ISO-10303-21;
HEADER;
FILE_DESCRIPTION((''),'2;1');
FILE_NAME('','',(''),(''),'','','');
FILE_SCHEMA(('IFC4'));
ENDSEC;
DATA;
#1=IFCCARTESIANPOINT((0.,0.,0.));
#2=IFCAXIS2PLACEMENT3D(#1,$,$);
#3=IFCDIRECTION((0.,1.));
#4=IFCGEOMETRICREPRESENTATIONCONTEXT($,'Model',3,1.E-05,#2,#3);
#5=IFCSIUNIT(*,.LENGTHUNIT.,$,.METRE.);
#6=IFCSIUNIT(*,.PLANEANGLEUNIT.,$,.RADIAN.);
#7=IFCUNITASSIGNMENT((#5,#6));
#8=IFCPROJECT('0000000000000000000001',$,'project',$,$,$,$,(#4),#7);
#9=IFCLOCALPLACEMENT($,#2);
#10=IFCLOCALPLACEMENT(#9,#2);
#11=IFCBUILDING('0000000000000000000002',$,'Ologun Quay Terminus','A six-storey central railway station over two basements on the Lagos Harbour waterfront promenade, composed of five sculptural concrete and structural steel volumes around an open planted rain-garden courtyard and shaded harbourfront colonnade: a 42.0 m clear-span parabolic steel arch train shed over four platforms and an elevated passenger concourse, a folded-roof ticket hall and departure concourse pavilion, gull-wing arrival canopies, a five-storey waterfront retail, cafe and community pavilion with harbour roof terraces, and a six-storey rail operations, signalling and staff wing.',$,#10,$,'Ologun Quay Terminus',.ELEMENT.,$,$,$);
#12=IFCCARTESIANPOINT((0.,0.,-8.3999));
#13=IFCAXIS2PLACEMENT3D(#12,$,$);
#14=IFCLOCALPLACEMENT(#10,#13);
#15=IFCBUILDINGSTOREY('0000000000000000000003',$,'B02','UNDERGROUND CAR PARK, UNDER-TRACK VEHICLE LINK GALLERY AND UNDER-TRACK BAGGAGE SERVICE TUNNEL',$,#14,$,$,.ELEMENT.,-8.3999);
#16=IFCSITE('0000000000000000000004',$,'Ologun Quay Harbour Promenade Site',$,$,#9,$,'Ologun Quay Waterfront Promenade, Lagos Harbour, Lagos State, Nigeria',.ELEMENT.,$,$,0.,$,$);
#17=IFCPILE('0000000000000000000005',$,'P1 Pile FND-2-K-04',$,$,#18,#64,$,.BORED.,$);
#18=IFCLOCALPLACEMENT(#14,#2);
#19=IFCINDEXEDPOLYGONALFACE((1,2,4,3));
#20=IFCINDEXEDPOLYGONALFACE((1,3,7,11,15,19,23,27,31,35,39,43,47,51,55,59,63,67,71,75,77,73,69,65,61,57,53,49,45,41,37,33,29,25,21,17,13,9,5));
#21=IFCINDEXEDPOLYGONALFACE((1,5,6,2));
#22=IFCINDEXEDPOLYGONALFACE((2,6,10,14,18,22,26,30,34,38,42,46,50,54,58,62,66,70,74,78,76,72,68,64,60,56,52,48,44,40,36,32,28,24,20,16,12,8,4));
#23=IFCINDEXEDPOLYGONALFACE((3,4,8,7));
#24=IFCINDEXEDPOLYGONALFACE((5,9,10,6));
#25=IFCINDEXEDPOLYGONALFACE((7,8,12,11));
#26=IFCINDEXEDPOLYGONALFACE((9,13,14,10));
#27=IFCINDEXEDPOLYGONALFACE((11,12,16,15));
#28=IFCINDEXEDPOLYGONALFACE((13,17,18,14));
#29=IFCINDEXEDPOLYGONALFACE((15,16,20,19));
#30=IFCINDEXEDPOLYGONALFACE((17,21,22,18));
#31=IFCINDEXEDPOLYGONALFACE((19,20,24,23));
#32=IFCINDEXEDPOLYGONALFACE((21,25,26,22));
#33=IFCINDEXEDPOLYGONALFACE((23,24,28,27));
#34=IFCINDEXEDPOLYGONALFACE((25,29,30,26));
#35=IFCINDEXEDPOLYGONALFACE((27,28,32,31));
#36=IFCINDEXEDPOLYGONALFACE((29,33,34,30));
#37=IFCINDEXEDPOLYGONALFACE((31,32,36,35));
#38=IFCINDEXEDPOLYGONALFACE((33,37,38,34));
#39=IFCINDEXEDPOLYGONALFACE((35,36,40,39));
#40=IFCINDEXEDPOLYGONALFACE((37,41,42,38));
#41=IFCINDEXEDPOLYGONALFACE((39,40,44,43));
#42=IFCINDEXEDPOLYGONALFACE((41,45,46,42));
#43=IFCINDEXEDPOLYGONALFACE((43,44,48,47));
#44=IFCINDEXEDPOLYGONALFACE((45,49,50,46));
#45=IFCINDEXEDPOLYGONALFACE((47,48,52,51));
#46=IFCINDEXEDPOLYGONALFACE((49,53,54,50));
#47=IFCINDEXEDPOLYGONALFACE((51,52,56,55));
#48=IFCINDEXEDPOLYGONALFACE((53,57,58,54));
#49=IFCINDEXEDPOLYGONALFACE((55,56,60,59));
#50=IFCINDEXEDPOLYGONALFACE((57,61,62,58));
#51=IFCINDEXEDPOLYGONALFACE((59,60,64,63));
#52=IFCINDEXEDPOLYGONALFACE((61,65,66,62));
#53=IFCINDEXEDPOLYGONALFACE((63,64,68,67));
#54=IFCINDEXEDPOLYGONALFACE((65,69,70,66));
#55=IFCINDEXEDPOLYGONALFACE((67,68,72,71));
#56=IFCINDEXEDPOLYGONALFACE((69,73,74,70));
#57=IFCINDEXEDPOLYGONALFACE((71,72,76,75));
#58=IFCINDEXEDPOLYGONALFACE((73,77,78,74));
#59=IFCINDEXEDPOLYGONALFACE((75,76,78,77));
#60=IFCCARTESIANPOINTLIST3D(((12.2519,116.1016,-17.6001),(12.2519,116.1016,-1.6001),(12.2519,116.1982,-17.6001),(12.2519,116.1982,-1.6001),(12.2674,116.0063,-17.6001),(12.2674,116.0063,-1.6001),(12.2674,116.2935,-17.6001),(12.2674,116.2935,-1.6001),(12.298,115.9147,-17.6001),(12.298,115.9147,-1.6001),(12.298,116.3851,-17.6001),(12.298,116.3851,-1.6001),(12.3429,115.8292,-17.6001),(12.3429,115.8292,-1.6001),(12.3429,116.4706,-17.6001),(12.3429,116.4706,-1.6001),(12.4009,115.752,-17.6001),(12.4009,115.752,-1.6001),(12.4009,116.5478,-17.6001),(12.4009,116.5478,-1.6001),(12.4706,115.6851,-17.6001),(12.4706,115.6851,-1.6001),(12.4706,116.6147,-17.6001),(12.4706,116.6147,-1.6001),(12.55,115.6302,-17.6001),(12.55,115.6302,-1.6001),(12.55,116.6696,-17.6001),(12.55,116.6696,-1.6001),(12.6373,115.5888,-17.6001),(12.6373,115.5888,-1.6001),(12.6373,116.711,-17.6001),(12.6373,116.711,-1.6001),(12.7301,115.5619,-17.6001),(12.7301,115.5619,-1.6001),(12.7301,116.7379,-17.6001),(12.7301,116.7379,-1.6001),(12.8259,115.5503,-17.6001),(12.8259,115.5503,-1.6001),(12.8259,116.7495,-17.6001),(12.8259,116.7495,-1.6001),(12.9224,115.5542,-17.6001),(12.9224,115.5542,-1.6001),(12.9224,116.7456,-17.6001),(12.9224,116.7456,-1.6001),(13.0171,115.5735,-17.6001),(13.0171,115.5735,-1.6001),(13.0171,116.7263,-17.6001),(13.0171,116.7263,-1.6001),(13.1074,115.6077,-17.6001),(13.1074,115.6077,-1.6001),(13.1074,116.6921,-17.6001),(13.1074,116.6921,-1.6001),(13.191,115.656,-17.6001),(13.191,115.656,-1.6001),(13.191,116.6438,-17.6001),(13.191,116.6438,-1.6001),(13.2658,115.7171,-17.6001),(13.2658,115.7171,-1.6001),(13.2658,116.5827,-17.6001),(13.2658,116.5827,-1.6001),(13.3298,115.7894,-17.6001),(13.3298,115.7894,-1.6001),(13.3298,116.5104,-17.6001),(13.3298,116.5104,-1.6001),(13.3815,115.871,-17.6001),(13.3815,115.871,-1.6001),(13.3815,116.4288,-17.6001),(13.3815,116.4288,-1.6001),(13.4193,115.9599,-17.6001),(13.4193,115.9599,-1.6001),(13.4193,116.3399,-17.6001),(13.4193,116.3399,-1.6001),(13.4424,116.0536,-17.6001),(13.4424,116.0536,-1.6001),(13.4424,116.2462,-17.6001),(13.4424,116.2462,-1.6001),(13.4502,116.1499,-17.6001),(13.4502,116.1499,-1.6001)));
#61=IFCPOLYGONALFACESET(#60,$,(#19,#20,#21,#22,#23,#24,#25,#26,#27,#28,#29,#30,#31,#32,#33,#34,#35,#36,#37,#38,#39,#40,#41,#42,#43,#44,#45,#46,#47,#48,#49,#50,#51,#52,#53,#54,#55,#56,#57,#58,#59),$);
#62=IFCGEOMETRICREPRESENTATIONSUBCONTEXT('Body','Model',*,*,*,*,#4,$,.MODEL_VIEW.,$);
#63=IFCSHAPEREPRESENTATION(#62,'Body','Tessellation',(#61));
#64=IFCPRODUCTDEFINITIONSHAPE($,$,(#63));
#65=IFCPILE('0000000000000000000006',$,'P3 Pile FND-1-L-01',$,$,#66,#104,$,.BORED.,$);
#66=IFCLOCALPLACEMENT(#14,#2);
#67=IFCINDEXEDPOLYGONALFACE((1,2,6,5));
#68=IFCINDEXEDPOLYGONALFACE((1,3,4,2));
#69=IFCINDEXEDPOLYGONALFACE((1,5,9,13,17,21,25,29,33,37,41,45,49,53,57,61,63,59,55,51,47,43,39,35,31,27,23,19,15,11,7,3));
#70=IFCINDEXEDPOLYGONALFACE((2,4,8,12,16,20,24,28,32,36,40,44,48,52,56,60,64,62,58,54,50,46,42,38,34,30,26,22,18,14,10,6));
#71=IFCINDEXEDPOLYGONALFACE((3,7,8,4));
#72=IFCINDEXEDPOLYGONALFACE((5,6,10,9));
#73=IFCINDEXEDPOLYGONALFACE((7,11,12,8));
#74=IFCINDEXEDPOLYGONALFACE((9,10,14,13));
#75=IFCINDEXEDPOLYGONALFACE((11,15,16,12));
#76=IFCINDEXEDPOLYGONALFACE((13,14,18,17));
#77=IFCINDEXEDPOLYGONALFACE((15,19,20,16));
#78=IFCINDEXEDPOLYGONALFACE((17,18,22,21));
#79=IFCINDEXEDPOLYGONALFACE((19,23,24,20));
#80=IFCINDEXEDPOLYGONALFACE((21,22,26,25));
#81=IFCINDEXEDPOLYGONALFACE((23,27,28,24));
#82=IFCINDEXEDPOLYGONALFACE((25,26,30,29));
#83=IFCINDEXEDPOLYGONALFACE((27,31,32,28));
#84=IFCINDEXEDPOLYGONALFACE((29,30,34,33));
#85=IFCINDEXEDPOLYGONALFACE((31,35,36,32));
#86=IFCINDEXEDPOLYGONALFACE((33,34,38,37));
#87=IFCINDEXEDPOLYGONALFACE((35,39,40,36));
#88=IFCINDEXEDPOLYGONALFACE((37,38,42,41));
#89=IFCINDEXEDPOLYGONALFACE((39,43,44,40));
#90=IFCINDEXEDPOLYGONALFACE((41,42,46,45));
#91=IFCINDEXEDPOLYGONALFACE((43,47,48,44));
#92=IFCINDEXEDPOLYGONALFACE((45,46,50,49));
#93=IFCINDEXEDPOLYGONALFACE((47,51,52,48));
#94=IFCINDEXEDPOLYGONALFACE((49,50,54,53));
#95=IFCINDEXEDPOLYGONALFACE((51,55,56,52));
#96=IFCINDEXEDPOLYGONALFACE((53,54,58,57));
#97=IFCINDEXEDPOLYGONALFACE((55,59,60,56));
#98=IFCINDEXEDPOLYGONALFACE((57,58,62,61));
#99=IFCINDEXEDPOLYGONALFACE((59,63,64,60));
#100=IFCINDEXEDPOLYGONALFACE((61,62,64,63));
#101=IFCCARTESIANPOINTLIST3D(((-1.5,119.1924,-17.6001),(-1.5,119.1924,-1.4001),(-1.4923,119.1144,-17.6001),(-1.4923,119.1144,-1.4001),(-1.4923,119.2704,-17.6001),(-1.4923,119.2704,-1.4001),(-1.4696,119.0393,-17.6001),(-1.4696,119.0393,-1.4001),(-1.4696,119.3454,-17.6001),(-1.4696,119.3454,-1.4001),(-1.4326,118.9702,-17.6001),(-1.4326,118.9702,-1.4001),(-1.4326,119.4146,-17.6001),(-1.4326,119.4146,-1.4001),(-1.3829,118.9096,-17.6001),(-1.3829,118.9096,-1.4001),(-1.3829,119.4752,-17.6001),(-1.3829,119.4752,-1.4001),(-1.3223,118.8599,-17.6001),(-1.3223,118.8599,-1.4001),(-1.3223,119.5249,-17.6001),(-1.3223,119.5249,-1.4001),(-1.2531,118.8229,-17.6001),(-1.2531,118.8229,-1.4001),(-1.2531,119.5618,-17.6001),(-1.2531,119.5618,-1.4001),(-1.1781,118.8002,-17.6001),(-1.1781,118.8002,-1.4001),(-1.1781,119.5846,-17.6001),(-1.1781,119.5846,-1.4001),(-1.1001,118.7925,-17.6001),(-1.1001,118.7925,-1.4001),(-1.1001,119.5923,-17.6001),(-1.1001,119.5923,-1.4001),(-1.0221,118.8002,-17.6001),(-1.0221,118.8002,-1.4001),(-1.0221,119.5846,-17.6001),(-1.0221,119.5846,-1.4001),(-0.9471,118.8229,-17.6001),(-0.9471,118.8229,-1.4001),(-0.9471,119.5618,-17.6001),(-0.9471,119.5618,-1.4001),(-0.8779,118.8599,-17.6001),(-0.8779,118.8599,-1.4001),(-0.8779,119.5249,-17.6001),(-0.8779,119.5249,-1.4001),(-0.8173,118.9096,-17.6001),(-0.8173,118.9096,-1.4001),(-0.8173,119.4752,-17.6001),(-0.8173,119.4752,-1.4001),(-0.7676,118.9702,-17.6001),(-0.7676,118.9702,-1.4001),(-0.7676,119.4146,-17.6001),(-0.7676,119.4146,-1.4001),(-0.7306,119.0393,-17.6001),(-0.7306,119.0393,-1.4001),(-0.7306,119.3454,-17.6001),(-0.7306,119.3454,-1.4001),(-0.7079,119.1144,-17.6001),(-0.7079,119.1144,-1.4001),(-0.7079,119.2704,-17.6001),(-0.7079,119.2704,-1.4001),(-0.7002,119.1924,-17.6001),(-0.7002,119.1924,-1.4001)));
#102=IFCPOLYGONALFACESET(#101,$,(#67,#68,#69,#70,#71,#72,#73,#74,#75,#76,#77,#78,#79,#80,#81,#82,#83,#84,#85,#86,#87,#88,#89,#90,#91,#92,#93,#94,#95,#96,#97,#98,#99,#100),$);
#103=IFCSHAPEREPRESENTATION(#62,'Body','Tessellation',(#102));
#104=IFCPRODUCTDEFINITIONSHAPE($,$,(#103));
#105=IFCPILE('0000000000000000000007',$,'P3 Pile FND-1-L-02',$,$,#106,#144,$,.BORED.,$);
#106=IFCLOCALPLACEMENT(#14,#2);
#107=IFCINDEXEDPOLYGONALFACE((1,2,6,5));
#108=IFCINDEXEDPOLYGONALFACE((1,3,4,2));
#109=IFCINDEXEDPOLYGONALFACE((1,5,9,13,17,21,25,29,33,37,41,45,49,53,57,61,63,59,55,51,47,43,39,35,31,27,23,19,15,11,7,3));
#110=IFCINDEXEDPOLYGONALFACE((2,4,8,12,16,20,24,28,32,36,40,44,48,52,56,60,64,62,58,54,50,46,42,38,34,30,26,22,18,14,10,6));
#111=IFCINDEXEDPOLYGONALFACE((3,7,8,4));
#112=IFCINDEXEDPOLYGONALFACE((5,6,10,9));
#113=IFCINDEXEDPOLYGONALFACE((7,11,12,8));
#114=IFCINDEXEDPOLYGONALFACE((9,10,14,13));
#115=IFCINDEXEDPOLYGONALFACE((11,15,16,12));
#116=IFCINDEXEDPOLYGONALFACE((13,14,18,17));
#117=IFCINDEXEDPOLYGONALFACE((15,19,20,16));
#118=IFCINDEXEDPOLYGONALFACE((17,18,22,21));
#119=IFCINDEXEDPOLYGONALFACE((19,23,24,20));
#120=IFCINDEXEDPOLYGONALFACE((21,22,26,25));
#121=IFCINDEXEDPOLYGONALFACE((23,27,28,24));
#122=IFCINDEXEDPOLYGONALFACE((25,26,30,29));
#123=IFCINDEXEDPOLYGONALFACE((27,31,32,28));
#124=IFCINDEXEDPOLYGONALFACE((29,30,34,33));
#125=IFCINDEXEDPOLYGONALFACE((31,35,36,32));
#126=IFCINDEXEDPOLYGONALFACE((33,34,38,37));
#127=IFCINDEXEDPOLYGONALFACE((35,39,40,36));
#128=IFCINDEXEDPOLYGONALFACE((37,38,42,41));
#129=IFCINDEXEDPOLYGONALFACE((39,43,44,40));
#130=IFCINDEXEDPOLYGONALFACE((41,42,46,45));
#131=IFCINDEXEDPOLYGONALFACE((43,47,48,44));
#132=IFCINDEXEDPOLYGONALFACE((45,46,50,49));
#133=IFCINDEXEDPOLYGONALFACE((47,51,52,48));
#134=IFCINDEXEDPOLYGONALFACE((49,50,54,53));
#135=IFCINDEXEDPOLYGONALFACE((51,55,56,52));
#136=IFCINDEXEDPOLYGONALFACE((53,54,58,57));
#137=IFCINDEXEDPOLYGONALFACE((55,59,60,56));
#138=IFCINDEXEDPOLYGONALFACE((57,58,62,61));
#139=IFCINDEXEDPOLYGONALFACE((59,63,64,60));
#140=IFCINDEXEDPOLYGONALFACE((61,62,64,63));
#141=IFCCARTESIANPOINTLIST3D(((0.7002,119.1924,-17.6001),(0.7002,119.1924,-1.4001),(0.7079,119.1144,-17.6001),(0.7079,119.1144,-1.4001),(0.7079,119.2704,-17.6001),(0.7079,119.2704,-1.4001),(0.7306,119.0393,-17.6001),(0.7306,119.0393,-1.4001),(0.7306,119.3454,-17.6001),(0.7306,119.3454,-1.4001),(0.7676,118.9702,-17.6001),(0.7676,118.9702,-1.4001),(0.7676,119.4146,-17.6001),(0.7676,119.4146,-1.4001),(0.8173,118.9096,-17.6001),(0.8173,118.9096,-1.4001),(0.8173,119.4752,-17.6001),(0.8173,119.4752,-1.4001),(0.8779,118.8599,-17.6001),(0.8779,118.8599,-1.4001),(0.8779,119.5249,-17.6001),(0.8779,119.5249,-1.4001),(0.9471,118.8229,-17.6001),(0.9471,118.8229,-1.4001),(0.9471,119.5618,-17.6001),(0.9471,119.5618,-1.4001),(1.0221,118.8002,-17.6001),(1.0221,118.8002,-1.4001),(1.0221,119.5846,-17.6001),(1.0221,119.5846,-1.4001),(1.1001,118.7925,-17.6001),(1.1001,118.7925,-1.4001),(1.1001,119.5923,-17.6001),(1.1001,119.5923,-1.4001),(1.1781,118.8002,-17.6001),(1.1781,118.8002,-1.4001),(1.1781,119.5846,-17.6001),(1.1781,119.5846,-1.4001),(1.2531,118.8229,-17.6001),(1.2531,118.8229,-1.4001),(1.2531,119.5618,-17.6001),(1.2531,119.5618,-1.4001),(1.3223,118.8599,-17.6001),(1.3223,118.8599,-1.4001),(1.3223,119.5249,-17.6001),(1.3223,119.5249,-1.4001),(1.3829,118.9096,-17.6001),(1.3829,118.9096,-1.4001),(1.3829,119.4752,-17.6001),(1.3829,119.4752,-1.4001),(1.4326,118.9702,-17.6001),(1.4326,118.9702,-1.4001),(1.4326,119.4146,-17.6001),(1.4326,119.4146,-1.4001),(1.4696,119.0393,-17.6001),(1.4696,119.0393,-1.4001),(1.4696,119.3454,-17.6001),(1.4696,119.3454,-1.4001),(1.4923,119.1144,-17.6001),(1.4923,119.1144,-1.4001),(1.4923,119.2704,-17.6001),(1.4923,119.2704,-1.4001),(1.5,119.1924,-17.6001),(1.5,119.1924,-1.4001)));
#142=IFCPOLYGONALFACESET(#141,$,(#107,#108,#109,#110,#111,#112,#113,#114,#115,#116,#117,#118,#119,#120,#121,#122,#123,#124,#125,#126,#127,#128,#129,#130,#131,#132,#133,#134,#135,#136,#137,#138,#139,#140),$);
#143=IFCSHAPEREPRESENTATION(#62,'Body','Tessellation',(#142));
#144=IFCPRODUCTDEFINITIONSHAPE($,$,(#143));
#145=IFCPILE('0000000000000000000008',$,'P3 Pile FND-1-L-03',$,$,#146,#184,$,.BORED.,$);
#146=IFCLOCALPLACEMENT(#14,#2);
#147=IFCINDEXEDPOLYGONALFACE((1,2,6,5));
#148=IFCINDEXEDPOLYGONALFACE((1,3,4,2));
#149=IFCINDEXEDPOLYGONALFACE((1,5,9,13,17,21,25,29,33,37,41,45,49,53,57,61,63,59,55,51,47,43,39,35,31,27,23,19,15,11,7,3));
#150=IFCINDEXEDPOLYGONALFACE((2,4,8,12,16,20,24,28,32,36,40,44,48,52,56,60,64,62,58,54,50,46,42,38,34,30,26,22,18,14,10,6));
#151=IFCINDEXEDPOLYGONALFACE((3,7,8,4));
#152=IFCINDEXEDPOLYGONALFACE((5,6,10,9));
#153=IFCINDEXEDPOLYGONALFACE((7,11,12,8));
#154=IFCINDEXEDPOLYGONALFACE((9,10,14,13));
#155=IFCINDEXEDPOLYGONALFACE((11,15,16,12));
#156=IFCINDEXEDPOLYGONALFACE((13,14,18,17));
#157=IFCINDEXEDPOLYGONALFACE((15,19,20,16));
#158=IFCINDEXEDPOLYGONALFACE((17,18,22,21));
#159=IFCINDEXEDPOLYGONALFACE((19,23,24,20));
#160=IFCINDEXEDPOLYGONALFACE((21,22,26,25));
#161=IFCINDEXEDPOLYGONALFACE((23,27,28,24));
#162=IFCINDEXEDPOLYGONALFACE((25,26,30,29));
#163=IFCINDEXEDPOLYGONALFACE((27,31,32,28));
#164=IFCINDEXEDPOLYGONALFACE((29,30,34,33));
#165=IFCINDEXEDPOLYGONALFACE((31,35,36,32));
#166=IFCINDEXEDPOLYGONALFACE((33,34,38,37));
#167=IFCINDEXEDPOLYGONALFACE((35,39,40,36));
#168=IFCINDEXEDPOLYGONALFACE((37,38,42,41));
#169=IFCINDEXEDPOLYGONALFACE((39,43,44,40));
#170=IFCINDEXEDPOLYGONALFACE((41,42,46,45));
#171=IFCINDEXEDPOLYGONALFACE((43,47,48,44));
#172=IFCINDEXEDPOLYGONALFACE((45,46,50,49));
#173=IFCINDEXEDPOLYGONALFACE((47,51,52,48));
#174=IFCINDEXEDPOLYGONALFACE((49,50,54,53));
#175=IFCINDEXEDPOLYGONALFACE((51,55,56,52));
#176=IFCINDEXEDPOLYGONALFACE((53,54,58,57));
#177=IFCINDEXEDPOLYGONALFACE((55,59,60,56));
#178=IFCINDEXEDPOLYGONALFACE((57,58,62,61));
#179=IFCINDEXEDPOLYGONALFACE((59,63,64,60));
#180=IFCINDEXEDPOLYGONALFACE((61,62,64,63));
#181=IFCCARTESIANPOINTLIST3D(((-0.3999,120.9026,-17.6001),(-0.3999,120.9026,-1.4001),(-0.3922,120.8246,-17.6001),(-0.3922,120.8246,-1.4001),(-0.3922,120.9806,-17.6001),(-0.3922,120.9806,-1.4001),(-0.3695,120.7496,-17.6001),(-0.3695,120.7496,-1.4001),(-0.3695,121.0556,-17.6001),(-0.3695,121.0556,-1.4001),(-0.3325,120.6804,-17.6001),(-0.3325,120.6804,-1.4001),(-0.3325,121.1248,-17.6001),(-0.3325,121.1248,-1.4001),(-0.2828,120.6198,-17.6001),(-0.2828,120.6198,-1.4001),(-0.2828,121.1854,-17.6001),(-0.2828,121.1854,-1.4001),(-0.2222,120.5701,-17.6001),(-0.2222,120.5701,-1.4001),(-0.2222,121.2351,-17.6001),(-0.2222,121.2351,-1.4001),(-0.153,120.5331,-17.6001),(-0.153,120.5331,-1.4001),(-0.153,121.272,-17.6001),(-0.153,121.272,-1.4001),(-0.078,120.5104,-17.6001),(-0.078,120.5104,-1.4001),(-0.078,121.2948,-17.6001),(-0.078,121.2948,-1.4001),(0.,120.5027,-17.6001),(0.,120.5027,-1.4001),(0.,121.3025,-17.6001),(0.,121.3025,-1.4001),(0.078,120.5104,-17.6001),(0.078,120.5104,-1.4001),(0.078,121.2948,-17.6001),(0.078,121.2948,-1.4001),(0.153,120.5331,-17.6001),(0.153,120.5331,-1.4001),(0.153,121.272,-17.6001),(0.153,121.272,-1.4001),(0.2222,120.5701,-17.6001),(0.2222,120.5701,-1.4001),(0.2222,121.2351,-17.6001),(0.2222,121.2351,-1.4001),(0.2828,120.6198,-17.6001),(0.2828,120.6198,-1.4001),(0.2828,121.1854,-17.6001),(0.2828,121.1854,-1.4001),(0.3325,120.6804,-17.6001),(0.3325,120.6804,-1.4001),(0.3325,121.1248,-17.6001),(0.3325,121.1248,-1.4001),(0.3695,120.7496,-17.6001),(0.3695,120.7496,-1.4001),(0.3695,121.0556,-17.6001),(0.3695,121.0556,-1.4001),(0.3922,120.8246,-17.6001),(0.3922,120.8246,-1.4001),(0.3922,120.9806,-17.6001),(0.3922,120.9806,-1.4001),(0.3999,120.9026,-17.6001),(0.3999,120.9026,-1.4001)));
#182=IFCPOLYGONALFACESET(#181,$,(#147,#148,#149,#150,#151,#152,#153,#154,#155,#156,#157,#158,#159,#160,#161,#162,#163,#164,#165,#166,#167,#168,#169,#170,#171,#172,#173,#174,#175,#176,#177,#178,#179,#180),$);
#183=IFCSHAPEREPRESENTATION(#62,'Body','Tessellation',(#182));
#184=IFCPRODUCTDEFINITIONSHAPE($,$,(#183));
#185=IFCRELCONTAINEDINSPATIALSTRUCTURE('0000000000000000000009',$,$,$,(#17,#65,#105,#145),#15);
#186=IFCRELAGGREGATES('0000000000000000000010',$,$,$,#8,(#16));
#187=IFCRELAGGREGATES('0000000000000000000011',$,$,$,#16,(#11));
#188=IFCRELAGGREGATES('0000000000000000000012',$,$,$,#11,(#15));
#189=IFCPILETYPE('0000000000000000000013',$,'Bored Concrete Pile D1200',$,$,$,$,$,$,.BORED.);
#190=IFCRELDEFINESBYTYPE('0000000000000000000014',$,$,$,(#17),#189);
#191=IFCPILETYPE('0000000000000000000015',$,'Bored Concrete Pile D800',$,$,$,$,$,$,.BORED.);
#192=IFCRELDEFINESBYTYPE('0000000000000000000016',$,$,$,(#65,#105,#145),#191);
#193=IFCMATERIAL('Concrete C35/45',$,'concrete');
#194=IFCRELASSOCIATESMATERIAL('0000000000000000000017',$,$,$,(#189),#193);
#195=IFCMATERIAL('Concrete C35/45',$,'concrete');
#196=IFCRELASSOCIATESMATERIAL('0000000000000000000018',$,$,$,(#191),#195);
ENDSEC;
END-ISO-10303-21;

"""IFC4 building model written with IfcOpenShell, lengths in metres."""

from ifc_helpers import new_model, si_unit, direction, frame, origin, origin_2d, place, context, subcontext, project, spatial, circle, extrude, material, material_profile, profile_set, type_object, element, save


model = new_model("IFC4")

# Units and contexts
model_context = context("Model", 3, precision=1e-05, world=origin(), true_north=direction((0.0, 1.0)))
body_context = subcontext(model_context, "Body", "Model", "MODEL_VIEW")
ifc_project = project(units=[si_unit("LENGTHUNIT", "METRE"), si_unit("PLANEANGLEUNIT", "RADIAN")], contexts=[model_context])

# Site, building, storey
site_placement = place(None, origin())
site = spatial("IfcSite", under=ifc_project, at=site_placement, Name="Ologun Quay Harbour Promenade Site", LongName="Ologun Quay Waterfront Promenade, Lagos Harbour, Lagos State, Nigeria", CompositionType="ELEMENT", RefElevation=0.0)
building_placement = place(site_placement, origin())
building = spatial("IfcBuilding", under=site, at=building_placement, Name="Ologun Quay Terminus", Description="A six-storey central railway station over two basements on the Lagos Harbour waterfront promenade, composed of five sculptural concrete and structural steel volumes around an open planted rain-garden courtyard and shaded harbourfront colonnade: a 42.0 m clear-span parabolic steel arch train shed over four platforms and an elevated passenger concourse, a folded-roof ticket hall and departure concourse pavilion, gull-wing arrival canopies, a five-storey waterfront retail, cafe and community pavilion with harbour roof terraces, and a six-storey rail operations, signalling and staff wing.", LongName="Ologun Quay Terminus", CompositionType="ELEMENT")
storey_placement = place(building_placement, frame((0.0, 0.0, -8.3999)))
storey = spatial("IfcBuildingStorey", under=building, at=storey_placement, Name="B02", Description="UNDERGROUND CAR PARK, UNDER-TRACK VEHICLE LINK GALLERY AND UNDER-TRACK BAGGAGE SERVICE TUNNEL", CompositionType="ELEMENT", Elevation=-8.3999)

# Piles
ifc_material_1 = material(Name="Concrete C35/45", Category="concrete")
ifc_material_profile_1 = material_profile(ifc_material_1, circle(Radius=0.6001, at=origin_2d()), Name="PILE D1200")
ifc_profile_set_1 = profile_set([ifc_material_profile_1], Name="Concrete C35/45")
pile_type_1 = type_object("IfcPileType", Name="Bored Concrete Pile D1200", PredefinedType="BORED", material=ifc_profile_set_1)
for number, where, z_axis, x_axis, name in (
    (1, (12.8501, 116.1499, -1.6001), (0.0, 0.0, -1.0), (1.0, 0.0, 0.0), "P1 Pile FND-2-K-04"),
):
    element("IfcPile", number, at=place(storey_placement, frame(where, z_axis=z_axis, x_axis=x_axis)), inside=storey, type_object=pile_type_1, Name=name, PredefinedType="BORED", context=body_context, shape_type="SweptSolid", body=[
        extrude(circle(Radius=0.6001, at=origin_2d()), origin(), (0.0, 0.0, 1.0), 16.0),
    ])
ifc_material_2 = material(Name="Concrete C35/45", Category="concrete")
ifc_material_profile_2 = material_profile(ifc_material_2, circle(Radius=0.3999, at=origin_2d()), Name="PILE D800")
ifc_profile_set_2 = profile_set([ifc_material_profile_2], Name="Concrete C35/45")
pile_type_2 = type_object("IfcPileType", Name="Bored Concrete Pile D800", PredefinedType="BORED", material=ifc_profile_set_2)
for number, where, z_axis, x_axis, name in (
    (2, (-1.1001, 119.1924, -1.4001), (0.0, 0.0, -1.0), (1.0, 0.0, 0.0), "P3 Pile FND-1-L-01"),
    (3, (1.1001, 119.1924, -1.4001), (0.0, 0.0, -1.0), (1.0, 0.0, 0.0), "P3 Pile FND-1-L-02"),
    (4, (0.0, 120.9026, -1.4001), (0.0, 0.0, -1.0), (1.0, 0.0, 0.0), "P3 Pile FND-1-L-03"),
):
    element("IfcPile", number, at=place(storey_placement, frame(where, z_axis=z_axis, x_axis=x_axis)), inside=storey, type_object=pile_type_2, Name=name, PredefinedType="BORED", context=body_context, shape_type="SweptSolid", body=[
        extrude(circle(Radius=0.3999, at=origin_2d()), origin(), (0.0, 0.0, 1.0), 16.2),
    ])

save(model, "model.ifc")
